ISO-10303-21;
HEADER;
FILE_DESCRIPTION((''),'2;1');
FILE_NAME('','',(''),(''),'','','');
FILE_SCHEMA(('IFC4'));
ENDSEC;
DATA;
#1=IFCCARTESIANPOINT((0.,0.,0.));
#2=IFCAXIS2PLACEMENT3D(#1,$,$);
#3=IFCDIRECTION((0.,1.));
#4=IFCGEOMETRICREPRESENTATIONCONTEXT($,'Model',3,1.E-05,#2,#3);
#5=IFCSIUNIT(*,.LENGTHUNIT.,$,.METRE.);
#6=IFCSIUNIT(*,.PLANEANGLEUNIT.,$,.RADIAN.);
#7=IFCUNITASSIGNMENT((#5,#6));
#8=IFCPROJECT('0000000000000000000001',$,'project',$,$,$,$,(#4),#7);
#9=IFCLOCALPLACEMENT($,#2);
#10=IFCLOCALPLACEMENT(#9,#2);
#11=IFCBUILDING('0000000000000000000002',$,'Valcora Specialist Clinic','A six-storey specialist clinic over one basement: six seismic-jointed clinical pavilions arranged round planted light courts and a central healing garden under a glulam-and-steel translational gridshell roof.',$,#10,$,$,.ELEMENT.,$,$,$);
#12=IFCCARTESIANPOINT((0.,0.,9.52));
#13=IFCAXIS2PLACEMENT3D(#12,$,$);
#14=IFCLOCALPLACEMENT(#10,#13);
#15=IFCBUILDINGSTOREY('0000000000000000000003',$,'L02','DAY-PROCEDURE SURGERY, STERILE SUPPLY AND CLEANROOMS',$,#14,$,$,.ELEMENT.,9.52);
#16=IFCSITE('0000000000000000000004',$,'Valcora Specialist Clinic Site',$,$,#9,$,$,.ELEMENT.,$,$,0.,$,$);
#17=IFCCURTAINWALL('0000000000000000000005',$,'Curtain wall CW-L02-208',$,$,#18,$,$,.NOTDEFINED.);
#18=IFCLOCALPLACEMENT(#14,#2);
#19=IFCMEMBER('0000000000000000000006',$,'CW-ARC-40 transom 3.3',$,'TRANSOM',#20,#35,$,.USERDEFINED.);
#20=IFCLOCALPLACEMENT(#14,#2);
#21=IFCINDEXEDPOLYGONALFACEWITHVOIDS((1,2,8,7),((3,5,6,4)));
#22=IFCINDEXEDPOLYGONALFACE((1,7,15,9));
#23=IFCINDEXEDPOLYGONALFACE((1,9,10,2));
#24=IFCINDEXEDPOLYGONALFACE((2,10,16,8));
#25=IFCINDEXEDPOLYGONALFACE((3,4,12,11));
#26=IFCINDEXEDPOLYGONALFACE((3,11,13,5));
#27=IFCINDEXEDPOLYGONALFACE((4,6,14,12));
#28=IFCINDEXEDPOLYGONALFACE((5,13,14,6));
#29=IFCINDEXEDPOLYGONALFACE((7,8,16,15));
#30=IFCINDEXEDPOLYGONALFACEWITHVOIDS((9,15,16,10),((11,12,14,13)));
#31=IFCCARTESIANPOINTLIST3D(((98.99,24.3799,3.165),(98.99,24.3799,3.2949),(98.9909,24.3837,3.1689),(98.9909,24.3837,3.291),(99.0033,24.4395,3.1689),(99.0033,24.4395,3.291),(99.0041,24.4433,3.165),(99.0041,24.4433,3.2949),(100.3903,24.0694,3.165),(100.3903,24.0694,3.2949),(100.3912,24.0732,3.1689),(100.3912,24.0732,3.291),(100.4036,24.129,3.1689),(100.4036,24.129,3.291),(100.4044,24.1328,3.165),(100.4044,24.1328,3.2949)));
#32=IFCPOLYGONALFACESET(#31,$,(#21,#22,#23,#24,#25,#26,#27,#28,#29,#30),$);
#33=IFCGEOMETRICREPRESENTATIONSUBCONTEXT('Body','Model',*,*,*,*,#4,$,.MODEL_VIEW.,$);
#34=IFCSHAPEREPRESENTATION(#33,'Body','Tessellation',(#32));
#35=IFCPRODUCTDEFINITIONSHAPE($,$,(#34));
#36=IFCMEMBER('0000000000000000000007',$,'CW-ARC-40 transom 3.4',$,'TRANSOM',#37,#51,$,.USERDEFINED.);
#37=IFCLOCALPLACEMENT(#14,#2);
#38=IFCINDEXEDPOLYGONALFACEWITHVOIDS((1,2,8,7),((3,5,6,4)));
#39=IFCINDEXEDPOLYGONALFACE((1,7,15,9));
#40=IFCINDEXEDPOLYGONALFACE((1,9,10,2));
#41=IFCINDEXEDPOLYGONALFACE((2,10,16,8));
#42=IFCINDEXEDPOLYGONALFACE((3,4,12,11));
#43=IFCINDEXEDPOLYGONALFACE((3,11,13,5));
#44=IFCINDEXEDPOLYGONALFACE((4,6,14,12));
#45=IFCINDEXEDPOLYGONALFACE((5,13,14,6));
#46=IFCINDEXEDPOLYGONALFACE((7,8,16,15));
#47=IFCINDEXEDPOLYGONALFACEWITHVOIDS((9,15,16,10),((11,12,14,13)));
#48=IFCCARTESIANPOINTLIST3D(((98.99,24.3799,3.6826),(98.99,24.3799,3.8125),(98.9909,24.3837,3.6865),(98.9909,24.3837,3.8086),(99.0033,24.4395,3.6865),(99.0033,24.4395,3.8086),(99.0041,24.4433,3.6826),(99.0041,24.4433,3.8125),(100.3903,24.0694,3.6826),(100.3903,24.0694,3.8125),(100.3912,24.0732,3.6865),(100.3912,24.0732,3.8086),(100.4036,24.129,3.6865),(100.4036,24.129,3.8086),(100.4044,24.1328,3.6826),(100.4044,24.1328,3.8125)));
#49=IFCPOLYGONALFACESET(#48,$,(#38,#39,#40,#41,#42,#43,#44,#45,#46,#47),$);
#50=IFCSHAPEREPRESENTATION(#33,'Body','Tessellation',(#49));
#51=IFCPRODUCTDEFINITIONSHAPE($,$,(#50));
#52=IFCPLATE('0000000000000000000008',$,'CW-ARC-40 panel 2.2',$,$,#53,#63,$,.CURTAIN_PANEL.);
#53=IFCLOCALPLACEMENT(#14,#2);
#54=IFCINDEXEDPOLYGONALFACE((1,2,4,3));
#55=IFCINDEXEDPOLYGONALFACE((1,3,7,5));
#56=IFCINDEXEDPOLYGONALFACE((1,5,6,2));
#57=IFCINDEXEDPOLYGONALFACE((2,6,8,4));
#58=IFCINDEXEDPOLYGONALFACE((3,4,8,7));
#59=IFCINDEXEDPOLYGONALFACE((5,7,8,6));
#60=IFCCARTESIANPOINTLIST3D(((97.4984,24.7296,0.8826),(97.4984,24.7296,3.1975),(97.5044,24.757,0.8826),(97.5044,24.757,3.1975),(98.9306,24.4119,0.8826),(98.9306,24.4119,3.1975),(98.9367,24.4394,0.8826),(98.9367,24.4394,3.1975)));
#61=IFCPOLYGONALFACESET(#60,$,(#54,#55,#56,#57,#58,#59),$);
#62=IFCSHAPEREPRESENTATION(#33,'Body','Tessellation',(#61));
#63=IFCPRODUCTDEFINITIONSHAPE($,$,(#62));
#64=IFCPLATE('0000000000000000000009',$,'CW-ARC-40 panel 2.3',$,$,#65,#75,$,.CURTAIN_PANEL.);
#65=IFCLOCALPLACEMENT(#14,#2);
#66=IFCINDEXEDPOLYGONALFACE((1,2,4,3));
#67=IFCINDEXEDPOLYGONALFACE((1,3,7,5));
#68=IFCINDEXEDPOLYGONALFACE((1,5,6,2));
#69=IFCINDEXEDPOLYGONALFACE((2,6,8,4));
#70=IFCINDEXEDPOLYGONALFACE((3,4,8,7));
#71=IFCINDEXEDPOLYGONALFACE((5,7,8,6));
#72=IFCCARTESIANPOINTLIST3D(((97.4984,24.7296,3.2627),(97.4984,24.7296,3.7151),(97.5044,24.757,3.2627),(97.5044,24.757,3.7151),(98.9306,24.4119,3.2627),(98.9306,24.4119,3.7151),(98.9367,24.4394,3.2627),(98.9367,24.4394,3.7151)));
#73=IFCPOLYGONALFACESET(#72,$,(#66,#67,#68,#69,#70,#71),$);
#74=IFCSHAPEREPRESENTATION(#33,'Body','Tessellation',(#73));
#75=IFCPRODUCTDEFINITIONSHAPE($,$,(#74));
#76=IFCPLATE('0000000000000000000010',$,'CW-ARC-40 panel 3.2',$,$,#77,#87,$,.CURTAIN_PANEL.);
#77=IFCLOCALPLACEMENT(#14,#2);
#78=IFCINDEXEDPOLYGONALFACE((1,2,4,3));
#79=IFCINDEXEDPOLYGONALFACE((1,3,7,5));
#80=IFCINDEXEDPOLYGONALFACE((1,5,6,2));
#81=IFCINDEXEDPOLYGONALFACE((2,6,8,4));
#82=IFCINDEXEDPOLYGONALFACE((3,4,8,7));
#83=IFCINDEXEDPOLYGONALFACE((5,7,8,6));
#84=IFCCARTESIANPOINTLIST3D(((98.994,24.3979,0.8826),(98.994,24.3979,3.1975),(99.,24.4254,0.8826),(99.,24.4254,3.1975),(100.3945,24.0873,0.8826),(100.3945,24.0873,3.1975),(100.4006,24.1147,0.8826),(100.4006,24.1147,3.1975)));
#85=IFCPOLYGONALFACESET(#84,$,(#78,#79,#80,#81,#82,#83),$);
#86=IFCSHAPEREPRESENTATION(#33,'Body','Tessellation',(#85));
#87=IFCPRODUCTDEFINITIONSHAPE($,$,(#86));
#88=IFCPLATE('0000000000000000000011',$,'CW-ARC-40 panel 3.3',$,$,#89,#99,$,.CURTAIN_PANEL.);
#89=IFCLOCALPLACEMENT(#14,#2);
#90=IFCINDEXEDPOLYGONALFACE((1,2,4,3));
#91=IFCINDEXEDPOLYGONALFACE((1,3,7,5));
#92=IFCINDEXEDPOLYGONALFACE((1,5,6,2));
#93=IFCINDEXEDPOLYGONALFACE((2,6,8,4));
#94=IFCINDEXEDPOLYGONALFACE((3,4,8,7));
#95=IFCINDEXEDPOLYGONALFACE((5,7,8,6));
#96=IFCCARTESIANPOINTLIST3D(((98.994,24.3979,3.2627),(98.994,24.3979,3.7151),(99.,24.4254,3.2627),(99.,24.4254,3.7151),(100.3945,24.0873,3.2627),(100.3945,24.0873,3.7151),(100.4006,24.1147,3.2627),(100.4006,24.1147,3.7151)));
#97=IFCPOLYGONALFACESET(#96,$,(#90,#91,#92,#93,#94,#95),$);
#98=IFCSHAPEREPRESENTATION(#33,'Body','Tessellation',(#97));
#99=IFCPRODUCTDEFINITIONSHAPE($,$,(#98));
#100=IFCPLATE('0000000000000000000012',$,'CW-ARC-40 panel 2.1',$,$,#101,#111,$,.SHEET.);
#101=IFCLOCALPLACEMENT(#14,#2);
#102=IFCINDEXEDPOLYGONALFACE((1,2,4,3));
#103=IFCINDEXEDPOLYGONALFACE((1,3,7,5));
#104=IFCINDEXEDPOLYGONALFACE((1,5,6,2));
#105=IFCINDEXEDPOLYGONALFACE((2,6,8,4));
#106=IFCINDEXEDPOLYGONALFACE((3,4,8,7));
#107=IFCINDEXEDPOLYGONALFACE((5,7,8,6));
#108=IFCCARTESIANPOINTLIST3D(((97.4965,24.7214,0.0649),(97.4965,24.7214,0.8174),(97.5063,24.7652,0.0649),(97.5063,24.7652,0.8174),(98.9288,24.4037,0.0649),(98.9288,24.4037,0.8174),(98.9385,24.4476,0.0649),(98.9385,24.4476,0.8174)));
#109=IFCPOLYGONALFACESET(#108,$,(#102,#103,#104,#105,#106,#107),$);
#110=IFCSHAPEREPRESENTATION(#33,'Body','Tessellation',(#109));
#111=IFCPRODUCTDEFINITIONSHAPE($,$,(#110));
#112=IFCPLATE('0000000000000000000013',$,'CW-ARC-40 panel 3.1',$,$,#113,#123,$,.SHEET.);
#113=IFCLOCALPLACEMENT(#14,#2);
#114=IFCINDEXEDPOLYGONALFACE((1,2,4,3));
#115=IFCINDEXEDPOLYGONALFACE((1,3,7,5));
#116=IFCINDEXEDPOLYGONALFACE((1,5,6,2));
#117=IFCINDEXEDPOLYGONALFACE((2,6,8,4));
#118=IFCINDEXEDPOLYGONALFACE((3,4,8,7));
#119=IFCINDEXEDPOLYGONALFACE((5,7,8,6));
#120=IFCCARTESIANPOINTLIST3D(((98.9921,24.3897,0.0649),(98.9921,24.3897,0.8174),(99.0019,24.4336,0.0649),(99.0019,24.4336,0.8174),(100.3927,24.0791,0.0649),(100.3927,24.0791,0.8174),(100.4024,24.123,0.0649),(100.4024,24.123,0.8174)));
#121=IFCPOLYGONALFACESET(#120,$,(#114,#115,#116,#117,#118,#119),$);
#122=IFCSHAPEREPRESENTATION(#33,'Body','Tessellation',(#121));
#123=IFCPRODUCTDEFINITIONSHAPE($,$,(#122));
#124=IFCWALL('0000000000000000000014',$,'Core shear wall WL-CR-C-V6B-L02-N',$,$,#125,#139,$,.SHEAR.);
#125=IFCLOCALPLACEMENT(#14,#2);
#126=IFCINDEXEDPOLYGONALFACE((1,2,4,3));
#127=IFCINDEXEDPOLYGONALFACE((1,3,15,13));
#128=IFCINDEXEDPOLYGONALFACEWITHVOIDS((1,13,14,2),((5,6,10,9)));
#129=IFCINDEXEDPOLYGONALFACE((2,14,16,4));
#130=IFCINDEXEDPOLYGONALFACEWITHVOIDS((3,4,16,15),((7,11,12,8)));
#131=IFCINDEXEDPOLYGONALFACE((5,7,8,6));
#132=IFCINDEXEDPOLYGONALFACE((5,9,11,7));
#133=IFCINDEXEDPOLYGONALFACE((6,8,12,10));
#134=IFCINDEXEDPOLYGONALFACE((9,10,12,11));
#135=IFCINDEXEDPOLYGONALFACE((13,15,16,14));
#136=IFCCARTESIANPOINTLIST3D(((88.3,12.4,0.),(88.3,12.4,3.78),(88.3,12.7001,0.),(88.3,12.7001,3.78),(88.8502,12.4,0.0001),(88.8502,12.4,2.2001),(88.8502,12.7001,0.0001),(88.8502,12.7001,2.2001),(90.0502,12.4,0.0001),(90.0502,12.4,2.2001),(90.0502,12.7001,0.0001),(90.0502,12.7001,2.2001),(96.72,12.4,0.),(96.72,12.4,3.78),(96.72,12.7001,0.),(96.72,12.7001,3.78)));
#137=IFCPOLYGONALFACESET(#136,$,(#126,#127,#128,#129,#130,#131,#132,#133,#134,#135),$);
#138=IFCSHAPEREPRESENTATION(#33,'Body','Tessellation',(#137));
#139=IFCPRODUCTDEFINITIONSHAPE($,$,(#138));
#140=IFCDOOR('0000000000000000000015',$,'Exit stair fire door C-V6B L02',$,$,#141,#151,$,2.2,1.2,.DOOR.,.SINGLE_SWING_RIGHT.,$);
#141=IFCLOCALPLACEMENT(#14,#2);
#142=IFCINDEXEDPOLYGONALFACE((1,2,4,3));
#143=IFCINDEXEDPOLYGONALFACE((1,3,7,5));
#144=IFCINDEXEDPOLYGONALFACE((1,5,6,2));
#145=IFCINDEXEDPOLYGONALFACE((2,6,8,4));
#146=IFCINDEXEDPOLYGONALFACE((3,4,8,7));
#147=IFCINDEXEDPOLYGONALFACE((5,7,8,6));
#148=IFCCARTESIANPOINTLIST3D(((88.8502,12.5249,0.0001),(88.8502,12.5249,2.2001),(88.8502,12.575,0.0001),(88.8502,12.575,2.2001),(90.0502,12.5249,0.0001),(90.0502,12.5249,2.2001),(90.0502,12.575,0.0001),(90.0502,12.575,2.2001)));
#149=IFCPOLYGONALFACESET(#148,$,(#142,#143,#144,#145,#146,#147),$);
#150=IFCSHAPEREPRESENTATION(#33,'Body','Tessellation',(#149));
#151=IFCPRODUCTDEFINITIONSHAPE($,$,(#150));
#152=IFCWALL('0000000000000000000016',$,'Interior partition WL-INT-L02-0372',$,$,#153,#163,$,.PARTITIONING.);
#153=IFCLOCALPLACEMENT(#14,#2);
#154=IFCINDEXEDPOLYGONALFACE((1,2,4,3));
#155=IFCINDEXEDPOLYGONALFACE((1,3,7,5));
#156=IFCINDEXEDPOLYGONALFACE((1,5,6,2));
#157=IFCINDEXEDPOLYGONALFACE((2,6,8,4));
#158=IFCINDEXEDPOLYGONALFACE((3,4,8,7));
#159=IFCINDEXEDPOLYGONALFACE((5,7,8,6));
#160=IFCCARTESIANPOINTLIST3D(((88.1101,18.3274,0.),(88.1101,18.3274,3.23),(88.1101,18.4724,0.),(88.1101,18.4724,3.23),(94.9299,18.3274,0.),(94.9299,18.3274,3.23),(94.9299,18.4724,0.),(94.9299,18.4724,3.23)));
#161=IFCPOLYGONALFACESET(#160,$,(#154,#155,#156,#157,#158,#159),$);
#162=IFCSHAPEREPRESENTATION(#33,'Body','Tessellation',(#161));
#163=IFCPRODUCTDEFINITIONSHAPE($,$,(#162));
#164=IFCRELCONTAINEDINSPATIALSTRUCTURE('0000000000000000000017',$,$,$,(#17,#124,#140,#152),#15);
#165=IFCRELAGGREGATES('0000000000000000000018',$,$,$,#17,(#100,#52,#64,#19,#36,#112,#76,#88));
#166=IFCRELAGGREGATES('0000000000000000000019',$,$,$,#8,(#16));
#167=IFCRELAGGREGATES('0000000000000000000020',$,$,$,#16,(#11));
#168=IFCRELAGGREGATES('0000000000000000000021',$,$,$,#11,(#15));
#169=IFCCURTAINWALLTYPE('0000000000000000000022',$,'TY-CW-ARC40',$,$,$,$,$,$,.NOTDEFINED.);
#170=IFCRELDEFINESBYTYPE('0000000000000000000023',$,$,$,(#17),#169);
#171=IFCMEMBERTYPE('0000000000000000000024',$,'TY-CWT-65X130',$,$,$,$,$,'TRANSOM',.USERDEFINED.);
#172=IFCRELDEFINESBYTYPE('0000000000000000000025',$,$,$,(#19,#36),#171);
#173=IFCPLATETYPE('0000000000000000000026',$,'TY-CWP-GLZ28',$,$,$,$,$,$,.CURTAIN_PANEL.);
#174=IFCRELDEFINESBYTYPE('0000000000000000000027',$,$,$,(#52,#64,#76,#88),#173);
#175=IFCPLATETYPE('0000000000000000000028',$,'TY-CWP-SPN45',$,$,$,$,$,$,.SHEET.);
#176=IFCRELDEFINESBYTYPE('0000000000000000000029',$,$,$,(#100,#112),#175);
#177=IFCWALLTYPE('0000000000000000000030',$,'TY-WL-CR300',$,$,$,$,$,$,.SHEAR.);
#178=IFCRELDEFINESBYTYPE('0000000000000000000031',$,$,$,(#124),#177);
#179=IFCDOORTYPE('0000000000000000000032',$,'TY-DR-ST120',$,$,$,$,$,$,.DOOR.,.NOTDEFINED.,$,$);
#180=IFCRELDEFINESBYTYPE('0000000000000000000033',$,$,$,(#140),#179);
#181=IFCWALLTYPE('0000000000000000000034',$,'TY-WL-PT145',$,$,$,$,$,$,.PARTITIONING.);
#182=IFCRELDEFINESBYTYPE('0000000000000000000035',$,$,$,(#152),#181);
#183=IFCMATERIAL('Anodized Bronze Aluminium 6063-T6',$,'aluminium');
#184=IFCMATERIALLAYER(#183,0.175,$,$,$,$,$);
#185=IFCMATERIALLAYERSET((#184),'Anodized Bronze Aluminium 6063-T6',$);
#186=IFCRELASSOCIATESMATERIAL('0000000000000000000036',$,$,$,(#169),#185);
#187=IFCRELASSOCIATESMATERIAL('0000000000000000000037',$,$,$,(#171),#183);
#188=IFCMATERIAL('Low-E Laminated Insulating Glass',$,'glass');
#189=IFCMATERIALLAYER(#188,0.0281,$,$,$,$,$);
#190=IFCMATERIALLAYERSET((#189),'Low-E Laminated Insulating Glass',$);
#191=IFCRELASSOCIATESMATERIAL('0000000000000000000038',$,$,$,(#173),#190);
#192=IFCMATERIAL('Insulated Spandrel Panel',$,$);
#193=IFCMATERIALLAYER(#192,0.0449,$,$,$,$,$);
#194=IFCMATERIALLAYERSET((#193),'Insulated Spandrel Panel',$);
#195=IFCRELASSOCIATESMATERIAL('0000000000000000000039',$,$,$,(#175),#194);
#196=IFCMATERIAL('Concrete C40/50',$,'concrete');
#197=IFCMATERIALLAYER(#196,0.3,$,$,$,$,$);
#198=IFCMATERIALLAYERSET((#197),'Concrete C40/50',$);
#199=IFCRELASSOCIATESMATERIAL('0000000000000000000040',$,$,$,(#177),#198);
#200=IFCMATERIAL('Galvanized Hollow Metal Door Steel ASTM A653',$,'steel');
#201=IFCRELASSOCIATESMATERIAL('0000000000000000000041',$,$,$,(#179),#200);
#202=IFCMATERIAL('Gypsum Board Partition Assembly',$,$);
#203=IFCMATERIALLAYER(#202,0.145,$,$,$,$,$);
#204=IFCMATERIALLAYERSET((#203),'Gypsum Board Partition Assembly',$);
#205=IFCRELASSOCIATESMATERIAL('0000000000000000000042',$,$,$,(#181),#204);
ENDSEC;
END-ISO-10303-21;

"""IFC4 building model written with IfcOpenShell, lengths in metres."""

from ifc_helpers import new_model, si_unit, direction, frame, frame_2d, origin, origin_2d, place, context, subcontext, project, spatial, rectangle, hollow_rectangle, extrude, material, layer, layer_set, material_profile, profile_set, type_object, element, fill, aggregate, save


model = new_model("IFC4")

# Units and contexts
model_context = context("Model", 3, precision=1e-05, world=origin(), true_north=direction((0.0, 1.0)))
body_context = subcontext(model_context, "Body", "Model", "MODEL_VIEW")
ifc_project = project(units=[si_unit("LENGTHUNIT", "METRE"), si_unit("PLANEANGLEUNIT", "RADIAN")], contexts=[model_context])

# Site, building, storey
site_placement = place(None, origin())
site = spatial("IfcSite", under=ifc_project, at=site_placement, Name="Valcora Specialist Clinic Site", CompositionType="ELEMENT", RefElevation=0.0)
building_placement = place(site_placement, origin())
building = spatial("IfcBuilding", under=site, at=building_placement, Name="Valcora Specialist Clinic", Description="A six-storey specialist clinic over one basement: six seismic-jointed clinical pavilions arranged round planted light courts and a central healing garden under a glulam-and-steel translational gridshell roof.", CompositionType="ELEMENT")
storey_placement = place(building_placement, frame((0.0, 0.0, 9.52)))
storey = spatial("IfcBuildingStorey", under=building, at=storey_placement, Name="L02", Description="DAY-PROCEDURE SURGERY, STERILE SUPPLY AND CLEANROOMS", CompositionType="ELEMENT", Elevation=9.52)

# Shared definitions
ifc_material_1 = material(Name="Concrete C40/50", Category="concrete")

# Curtain wall, members, plates
ifc_material_2 = material(Name="Anodized Bronze Aluminium 6063-T6", Category="aluminium")
ifc_layer_1 = layer(ifc_material_2, 0.175)
ifc_layer_set_1 = layer_set([ifc_layer_1], Name="Anodized Bronze Aluminium 6063-T6")
curtain_wall_type = type_object("IfcCurtainWallType", Name="TY-CW-ARC40", PredefinedType="NOTDEFINED", material=ifc_layer_set_1)
curtain_wall_placement = place(storey_placement, origin())
curtain_wall = element("IfcCurtainWall", 1, at=curtain_wall_placement, inside=storey, type_object=curtain_wall_type, Name="Curtain wall CW-L02-208", PredefinedType="NOTDEFINED")
ifc_material_profile_1 = material_profile(ifc_material_2, hollow_rectangle(XDim=0.0649, YDim=0.1299, WallThickness=0.0039, at=origin_2d()), Name="AL-TRN-65X130")
ifc_profile_set_1 = profile_set([ifc_material_profile_1], Name="Anodized Bronze Aluminium 6063-T6")
member_type_1 = type_object("IfcMemberType", Name="TY-CWT-65X130", ElementType="TRANSOM", PredefinedType="USERDEFINED", material=ifc_profile_set_1)
member_1_placement = place(storey_placement, frame((98.9971, 24.4116, 3.23), z_axis=(0.976283, -0.216498, 0.0), x_axis=(0.216498, 0.976283, 0.0)))
member_1 = element("IfcMember", 2, at=member_1_placement, type_object=member_type_1, Name="CW-ARC-40 transom 3.3", ObjectType="TRANSOM", PredefinedType="USERDEFINED", context=body_context, shape_type="SweptSolid", body=[
    extrude(hollow_rectangle(XDim=0.0649, YDim=0.1299, WallThickness=0.0039, at=origin_2d()), origin(), (0.0, 0.0, 1.0), 1.4343),
])
member_2_placement = place(storey_placement, frame((98.9971, 24.4116, 3.7476), z_axis=(0.976283, -0.216498, 0.0), x_axis=(0.216498, 0.976283, 0.0)))
member_2 = element("IfcMember", 3, at=member_2_placement, type_object=member_type_1, Name="CW-ARC-40 transom 3.4", ObjectType="TRANSOM", PredefinedType="USERDEFINED", context=body_context, shape_type="SweptSolid", body=[
    extrude(hollow_rectangle(XDim=0.0649, YDim=0.1299, WallThickness=0.0039, at=origin_2d()), origin(), (0.0, 0.0, 1.0), 1.4343),
])
ifc_material_3 = material(Name="Low-E Laminated Insulating Glass", Category="glass")
ifc_layer_2 = layer(ifc_material_3, 0.0281)
ifc_layer_set_2 = layer_set([ifc_layer_2], Name="Low-E Laminated Insulating Glass")
plate_type_1 = type_object("IfcPlateType", Name="TY-CWP-GLZ28", PredefinedType="CURTAIN_PANEL", material=ifc_layer_set_2)
plate_1_placement = place(storey_placement, frame((98.2175, 24.5845, 0.8826), z_axis=(0.0, 0.0, 1.0), x_axis=(0.976279, -0.216518, 0.0)))
plate_1 = element("IfcPlate", 4, at=plate_1_placement, type_object=plate_type_1, Name="CW-ARC-40 panel 2.2", PredefinedType="CURTAIN_PANEL", context=body_context, shape_type="SweptSolid", body=[
    extrude(rectangle(XDim=1.467, YDim=0.0281, at=origin_2d()), origin(), (0.0, 0.0, 1.0), 2.3149),
])
plate_2_placement = place(storey_placement, frame((98.2175, 24.5845, 3.2627), z_axis=(0.0, 0.0, 1.0), x_axis=(0.976279, -0.216518, 0.0)))
plate_2 = element("IfcPlate", 5, at=plate_2_placement, type_object=plate_type_1, Name="CW-ARC-40 panel 2.3", PredefinedType="CURTAIN_PANEL", context=body_context, shape_type="SweptSolid", body=[
    extrude(rectangle(XDim=1.467, YDim=0.0281, at=origin_2d()), origin(), (0.0, 0.0, 1.0), 0.4524),
])
plate_3_placement = place(storey_placement, frame((99.6973, 24.2563, 0.8826), z_axis=(0.0, 0.0, 1.0), x_axis=(0.976279, -0.216518, 0.0)))
plate_3 = element("IfcPlate", 6, at=plate_3_placement, type_object=plate_type_1, Name="CW-ARC-40 panel 3.2", PredefinedType="CURTAIN_PANEL", context=body_context, shape_type="SweptSolid", body=[
    extrude(rectangle(XDim=1.4346, YDim=0.0281, at=origin_2d()), origin(), (0.0, 0.0, 1.0), 2.3149),
])
plate_4_placement = place(storey_placement, frame((99.6973, 24.2563, 3.2627), z_axis=(0.0, 0.0, 1.0), x_axis=(0.976279, -0.216518, 0.0)))
plate_4 = element("IfcPlate", 7, at=plate_4_placement, type_object=plate_type_1, Name="CW-ARC-40 panel 3.3", PredefinedType="CURTAIN_PANEL", context=body_context, shape_type="SweptSolid", body=[
    extrude(rectangle(XDim=1.4346, YDim=0.0281, at=origin_2d()), origin(), (0.0, 0.0, 1.0), 0.4524),
])
ifc_material_4 = material(Name="Insulated Spandrel Panel")
ifc_layer_3 = layer(ifc_material_4, 0.0449)
ifc_layer_set_3 = layer_set([ifc_layer_3], Name="Insulated Spandrel Panel")
plate_type_2 = type_object("IfcPlateType", Name="TY-CWP-SPN45", PredefinedType="SHEET", material=ifc_layer_set_3)
plate_5_placement = place(storey_placement, frame((98.2175, 24.5845, 0.0649), z_axis=(0.0, 0.0, 1.0), x_axis=(0.976279, -0.216518, 0.0)))
plate_5 = element("IfcPlate", 8, at=plate_5_placement, type_object=plate_type_2, Name="CW-ARC-40 panel 2.1", PredefinedType="SHEET", context=body_context, shape_type="SweptSolid", body=[
    extrude(rectangle(XDim=1.467, YDim=0.0449, at=origin_2d()), origin(), (0.0, 0.0, 1.0), 0.7524),
])
plate_6_placement = place(storey_placement, frame((99.6973, 24.2563, 0.0649), z_axis=(0.0, 0.0, 1.0), x_axis=(0.976279, -0.216518, 0.0)))
plate_6 = element("IfcPlate", 9, at=plate_6_placement, type_object=plate_type_2, Name="CW-ARC-40 panel 3.1", PredefinedType="SHEET", context=body_context, shape_type="SweptSolid", body=[
    extrude(rectangle(XDim=1.4346, YDim=0.0449, at=origin_2d()), origin(), (0.0, 0.0, 1.0), 0.7524),
])
aggregate(curtain_wall, [plate_5, plate_1, plate_2, member_1, member_2, plate_6, plate_3, plate_4])

# Wall, opening, door
ifc_layer_4 = layer(ifc_material_1, 0.3)
ifc_layer_set_4 = layer_set([ifc_layer_4], Name="Concrete C40/50")
wall_type_1 = type_object("IfcWallType", Name="TY-WL-CR300", PredefinedType="SHEAR", material=ifc_layer_set_4)
wall_1_placement = place(storey_placement, frame((88.3, 12.55, 0.0), z_axis=(0.0, 0.0, 1.0), x_axis=(1.0, 0.0, 0.0)))
wall_1 = element("IfcWall", 10, at=wall_1_placement, inside=storey, type_object=wall_type_1, Name="Core shear wall WL-CR-C-V6B-L02-N", PredefinedType="SHEAR", context=body_context, shape_type="SweptSolid", body=[
    extrude(rectangle(XDim=8.4199, YDim=0.3, at=frame_2d((4.21, 0.0))), origin(), (0.0, 0.0, 1.0), 3.78),
])
opening_1_placement = place(wall_1_placement, frame((0.55, 0.0, 0.0)))
opening_1 = element("IfcOpeningElement", 11, at=opening_1_placement, cuts=wall_1, PredefinedType="OPENING", context=body_context, shape_type="SweptSolid", body=[
    extrude(rectangle(XDim=1.2, YDim=2.2, at=frame_2d((0.6001, 1.1001))), frame((0.0, 0.1599, 0.0), z_axis=(0.0, -1.0, 0.0), x_axis=(1.0, 0.0, 0.0)), (0.0, 0.0, 1.0), 0.3201),
])
ifc_material_5 = material(Name="Galvanized Hollow Metal Door Steel ASTM A653", Category="steel")
door_type_1 = type_object("IfcDoorType", Name="TY-DR-ST120", OperationType="NOTDEFINED", PredefinedType="DOOR", material=ifc_material_5)
door_1_placement = place(opening_1_placement, origin())
door_1 = element("IfcDoor", 12, at=door_1_placement, inside=storey, type_object=door_type_1, Name="Exit stair fire door C-V6B L02", OperationType="SINGLE_SWING_RIGHT", OverallHeight=2.2, OverallWidth=1.2, PredefinedType="DOOR", context=body_context, shape_type="SweptSolid", body=[
    extrude(rectangle(XDim=1.2, YDim=2.2, at=frame_2d((0.6001, 1.1001))), frame((0.0, 0.0249, 0.0), z_axis=(0.0, -1.0, 0.0), x_axis=(1.0, 0.0, 0.0)), (0.0, 0.0, 1.0), 0.05),
])
fill(opening_1, door_1)

# Wall
ifc_material_6 = material(Name="Gypsum Board Partition Assembly")
ifc_layer_5 = layer(ifc_material_6, 0.145)
ifc_layer_set_5 = layer_set([ifc_layer_5], Name="Gypsum Board Partition Assembly")
wall_type_2 = type_object("IfcWallType", Name="TY-WL-PT145", PredefinedType="PARTITIONING", material=ifc_layer_set_5)
wall_2_placement = place(storey_placement, frame((94.9299, 18.3999, 0.0), z_axis=(0.0, 0.0, 1.0), x_axis=(-1.0, 0.0, 0.0)))
element("IfcWall", 13, at=wall_2_placement, inside=storey, type_object=wall_type_2, Name="Interior partition WL-INT-L02-0372", PredefinedType="PARTITIONING", context=body_context, shape_type="SweptSolid", body=[
    extrude(rectangle(XDim=6.8198, YDim=0.145, at=frame_2d((3.4099, 0.0))), origin(), (0.0, 0.0, 1.0), 3.23),
])

save(model, "model.ifc")
